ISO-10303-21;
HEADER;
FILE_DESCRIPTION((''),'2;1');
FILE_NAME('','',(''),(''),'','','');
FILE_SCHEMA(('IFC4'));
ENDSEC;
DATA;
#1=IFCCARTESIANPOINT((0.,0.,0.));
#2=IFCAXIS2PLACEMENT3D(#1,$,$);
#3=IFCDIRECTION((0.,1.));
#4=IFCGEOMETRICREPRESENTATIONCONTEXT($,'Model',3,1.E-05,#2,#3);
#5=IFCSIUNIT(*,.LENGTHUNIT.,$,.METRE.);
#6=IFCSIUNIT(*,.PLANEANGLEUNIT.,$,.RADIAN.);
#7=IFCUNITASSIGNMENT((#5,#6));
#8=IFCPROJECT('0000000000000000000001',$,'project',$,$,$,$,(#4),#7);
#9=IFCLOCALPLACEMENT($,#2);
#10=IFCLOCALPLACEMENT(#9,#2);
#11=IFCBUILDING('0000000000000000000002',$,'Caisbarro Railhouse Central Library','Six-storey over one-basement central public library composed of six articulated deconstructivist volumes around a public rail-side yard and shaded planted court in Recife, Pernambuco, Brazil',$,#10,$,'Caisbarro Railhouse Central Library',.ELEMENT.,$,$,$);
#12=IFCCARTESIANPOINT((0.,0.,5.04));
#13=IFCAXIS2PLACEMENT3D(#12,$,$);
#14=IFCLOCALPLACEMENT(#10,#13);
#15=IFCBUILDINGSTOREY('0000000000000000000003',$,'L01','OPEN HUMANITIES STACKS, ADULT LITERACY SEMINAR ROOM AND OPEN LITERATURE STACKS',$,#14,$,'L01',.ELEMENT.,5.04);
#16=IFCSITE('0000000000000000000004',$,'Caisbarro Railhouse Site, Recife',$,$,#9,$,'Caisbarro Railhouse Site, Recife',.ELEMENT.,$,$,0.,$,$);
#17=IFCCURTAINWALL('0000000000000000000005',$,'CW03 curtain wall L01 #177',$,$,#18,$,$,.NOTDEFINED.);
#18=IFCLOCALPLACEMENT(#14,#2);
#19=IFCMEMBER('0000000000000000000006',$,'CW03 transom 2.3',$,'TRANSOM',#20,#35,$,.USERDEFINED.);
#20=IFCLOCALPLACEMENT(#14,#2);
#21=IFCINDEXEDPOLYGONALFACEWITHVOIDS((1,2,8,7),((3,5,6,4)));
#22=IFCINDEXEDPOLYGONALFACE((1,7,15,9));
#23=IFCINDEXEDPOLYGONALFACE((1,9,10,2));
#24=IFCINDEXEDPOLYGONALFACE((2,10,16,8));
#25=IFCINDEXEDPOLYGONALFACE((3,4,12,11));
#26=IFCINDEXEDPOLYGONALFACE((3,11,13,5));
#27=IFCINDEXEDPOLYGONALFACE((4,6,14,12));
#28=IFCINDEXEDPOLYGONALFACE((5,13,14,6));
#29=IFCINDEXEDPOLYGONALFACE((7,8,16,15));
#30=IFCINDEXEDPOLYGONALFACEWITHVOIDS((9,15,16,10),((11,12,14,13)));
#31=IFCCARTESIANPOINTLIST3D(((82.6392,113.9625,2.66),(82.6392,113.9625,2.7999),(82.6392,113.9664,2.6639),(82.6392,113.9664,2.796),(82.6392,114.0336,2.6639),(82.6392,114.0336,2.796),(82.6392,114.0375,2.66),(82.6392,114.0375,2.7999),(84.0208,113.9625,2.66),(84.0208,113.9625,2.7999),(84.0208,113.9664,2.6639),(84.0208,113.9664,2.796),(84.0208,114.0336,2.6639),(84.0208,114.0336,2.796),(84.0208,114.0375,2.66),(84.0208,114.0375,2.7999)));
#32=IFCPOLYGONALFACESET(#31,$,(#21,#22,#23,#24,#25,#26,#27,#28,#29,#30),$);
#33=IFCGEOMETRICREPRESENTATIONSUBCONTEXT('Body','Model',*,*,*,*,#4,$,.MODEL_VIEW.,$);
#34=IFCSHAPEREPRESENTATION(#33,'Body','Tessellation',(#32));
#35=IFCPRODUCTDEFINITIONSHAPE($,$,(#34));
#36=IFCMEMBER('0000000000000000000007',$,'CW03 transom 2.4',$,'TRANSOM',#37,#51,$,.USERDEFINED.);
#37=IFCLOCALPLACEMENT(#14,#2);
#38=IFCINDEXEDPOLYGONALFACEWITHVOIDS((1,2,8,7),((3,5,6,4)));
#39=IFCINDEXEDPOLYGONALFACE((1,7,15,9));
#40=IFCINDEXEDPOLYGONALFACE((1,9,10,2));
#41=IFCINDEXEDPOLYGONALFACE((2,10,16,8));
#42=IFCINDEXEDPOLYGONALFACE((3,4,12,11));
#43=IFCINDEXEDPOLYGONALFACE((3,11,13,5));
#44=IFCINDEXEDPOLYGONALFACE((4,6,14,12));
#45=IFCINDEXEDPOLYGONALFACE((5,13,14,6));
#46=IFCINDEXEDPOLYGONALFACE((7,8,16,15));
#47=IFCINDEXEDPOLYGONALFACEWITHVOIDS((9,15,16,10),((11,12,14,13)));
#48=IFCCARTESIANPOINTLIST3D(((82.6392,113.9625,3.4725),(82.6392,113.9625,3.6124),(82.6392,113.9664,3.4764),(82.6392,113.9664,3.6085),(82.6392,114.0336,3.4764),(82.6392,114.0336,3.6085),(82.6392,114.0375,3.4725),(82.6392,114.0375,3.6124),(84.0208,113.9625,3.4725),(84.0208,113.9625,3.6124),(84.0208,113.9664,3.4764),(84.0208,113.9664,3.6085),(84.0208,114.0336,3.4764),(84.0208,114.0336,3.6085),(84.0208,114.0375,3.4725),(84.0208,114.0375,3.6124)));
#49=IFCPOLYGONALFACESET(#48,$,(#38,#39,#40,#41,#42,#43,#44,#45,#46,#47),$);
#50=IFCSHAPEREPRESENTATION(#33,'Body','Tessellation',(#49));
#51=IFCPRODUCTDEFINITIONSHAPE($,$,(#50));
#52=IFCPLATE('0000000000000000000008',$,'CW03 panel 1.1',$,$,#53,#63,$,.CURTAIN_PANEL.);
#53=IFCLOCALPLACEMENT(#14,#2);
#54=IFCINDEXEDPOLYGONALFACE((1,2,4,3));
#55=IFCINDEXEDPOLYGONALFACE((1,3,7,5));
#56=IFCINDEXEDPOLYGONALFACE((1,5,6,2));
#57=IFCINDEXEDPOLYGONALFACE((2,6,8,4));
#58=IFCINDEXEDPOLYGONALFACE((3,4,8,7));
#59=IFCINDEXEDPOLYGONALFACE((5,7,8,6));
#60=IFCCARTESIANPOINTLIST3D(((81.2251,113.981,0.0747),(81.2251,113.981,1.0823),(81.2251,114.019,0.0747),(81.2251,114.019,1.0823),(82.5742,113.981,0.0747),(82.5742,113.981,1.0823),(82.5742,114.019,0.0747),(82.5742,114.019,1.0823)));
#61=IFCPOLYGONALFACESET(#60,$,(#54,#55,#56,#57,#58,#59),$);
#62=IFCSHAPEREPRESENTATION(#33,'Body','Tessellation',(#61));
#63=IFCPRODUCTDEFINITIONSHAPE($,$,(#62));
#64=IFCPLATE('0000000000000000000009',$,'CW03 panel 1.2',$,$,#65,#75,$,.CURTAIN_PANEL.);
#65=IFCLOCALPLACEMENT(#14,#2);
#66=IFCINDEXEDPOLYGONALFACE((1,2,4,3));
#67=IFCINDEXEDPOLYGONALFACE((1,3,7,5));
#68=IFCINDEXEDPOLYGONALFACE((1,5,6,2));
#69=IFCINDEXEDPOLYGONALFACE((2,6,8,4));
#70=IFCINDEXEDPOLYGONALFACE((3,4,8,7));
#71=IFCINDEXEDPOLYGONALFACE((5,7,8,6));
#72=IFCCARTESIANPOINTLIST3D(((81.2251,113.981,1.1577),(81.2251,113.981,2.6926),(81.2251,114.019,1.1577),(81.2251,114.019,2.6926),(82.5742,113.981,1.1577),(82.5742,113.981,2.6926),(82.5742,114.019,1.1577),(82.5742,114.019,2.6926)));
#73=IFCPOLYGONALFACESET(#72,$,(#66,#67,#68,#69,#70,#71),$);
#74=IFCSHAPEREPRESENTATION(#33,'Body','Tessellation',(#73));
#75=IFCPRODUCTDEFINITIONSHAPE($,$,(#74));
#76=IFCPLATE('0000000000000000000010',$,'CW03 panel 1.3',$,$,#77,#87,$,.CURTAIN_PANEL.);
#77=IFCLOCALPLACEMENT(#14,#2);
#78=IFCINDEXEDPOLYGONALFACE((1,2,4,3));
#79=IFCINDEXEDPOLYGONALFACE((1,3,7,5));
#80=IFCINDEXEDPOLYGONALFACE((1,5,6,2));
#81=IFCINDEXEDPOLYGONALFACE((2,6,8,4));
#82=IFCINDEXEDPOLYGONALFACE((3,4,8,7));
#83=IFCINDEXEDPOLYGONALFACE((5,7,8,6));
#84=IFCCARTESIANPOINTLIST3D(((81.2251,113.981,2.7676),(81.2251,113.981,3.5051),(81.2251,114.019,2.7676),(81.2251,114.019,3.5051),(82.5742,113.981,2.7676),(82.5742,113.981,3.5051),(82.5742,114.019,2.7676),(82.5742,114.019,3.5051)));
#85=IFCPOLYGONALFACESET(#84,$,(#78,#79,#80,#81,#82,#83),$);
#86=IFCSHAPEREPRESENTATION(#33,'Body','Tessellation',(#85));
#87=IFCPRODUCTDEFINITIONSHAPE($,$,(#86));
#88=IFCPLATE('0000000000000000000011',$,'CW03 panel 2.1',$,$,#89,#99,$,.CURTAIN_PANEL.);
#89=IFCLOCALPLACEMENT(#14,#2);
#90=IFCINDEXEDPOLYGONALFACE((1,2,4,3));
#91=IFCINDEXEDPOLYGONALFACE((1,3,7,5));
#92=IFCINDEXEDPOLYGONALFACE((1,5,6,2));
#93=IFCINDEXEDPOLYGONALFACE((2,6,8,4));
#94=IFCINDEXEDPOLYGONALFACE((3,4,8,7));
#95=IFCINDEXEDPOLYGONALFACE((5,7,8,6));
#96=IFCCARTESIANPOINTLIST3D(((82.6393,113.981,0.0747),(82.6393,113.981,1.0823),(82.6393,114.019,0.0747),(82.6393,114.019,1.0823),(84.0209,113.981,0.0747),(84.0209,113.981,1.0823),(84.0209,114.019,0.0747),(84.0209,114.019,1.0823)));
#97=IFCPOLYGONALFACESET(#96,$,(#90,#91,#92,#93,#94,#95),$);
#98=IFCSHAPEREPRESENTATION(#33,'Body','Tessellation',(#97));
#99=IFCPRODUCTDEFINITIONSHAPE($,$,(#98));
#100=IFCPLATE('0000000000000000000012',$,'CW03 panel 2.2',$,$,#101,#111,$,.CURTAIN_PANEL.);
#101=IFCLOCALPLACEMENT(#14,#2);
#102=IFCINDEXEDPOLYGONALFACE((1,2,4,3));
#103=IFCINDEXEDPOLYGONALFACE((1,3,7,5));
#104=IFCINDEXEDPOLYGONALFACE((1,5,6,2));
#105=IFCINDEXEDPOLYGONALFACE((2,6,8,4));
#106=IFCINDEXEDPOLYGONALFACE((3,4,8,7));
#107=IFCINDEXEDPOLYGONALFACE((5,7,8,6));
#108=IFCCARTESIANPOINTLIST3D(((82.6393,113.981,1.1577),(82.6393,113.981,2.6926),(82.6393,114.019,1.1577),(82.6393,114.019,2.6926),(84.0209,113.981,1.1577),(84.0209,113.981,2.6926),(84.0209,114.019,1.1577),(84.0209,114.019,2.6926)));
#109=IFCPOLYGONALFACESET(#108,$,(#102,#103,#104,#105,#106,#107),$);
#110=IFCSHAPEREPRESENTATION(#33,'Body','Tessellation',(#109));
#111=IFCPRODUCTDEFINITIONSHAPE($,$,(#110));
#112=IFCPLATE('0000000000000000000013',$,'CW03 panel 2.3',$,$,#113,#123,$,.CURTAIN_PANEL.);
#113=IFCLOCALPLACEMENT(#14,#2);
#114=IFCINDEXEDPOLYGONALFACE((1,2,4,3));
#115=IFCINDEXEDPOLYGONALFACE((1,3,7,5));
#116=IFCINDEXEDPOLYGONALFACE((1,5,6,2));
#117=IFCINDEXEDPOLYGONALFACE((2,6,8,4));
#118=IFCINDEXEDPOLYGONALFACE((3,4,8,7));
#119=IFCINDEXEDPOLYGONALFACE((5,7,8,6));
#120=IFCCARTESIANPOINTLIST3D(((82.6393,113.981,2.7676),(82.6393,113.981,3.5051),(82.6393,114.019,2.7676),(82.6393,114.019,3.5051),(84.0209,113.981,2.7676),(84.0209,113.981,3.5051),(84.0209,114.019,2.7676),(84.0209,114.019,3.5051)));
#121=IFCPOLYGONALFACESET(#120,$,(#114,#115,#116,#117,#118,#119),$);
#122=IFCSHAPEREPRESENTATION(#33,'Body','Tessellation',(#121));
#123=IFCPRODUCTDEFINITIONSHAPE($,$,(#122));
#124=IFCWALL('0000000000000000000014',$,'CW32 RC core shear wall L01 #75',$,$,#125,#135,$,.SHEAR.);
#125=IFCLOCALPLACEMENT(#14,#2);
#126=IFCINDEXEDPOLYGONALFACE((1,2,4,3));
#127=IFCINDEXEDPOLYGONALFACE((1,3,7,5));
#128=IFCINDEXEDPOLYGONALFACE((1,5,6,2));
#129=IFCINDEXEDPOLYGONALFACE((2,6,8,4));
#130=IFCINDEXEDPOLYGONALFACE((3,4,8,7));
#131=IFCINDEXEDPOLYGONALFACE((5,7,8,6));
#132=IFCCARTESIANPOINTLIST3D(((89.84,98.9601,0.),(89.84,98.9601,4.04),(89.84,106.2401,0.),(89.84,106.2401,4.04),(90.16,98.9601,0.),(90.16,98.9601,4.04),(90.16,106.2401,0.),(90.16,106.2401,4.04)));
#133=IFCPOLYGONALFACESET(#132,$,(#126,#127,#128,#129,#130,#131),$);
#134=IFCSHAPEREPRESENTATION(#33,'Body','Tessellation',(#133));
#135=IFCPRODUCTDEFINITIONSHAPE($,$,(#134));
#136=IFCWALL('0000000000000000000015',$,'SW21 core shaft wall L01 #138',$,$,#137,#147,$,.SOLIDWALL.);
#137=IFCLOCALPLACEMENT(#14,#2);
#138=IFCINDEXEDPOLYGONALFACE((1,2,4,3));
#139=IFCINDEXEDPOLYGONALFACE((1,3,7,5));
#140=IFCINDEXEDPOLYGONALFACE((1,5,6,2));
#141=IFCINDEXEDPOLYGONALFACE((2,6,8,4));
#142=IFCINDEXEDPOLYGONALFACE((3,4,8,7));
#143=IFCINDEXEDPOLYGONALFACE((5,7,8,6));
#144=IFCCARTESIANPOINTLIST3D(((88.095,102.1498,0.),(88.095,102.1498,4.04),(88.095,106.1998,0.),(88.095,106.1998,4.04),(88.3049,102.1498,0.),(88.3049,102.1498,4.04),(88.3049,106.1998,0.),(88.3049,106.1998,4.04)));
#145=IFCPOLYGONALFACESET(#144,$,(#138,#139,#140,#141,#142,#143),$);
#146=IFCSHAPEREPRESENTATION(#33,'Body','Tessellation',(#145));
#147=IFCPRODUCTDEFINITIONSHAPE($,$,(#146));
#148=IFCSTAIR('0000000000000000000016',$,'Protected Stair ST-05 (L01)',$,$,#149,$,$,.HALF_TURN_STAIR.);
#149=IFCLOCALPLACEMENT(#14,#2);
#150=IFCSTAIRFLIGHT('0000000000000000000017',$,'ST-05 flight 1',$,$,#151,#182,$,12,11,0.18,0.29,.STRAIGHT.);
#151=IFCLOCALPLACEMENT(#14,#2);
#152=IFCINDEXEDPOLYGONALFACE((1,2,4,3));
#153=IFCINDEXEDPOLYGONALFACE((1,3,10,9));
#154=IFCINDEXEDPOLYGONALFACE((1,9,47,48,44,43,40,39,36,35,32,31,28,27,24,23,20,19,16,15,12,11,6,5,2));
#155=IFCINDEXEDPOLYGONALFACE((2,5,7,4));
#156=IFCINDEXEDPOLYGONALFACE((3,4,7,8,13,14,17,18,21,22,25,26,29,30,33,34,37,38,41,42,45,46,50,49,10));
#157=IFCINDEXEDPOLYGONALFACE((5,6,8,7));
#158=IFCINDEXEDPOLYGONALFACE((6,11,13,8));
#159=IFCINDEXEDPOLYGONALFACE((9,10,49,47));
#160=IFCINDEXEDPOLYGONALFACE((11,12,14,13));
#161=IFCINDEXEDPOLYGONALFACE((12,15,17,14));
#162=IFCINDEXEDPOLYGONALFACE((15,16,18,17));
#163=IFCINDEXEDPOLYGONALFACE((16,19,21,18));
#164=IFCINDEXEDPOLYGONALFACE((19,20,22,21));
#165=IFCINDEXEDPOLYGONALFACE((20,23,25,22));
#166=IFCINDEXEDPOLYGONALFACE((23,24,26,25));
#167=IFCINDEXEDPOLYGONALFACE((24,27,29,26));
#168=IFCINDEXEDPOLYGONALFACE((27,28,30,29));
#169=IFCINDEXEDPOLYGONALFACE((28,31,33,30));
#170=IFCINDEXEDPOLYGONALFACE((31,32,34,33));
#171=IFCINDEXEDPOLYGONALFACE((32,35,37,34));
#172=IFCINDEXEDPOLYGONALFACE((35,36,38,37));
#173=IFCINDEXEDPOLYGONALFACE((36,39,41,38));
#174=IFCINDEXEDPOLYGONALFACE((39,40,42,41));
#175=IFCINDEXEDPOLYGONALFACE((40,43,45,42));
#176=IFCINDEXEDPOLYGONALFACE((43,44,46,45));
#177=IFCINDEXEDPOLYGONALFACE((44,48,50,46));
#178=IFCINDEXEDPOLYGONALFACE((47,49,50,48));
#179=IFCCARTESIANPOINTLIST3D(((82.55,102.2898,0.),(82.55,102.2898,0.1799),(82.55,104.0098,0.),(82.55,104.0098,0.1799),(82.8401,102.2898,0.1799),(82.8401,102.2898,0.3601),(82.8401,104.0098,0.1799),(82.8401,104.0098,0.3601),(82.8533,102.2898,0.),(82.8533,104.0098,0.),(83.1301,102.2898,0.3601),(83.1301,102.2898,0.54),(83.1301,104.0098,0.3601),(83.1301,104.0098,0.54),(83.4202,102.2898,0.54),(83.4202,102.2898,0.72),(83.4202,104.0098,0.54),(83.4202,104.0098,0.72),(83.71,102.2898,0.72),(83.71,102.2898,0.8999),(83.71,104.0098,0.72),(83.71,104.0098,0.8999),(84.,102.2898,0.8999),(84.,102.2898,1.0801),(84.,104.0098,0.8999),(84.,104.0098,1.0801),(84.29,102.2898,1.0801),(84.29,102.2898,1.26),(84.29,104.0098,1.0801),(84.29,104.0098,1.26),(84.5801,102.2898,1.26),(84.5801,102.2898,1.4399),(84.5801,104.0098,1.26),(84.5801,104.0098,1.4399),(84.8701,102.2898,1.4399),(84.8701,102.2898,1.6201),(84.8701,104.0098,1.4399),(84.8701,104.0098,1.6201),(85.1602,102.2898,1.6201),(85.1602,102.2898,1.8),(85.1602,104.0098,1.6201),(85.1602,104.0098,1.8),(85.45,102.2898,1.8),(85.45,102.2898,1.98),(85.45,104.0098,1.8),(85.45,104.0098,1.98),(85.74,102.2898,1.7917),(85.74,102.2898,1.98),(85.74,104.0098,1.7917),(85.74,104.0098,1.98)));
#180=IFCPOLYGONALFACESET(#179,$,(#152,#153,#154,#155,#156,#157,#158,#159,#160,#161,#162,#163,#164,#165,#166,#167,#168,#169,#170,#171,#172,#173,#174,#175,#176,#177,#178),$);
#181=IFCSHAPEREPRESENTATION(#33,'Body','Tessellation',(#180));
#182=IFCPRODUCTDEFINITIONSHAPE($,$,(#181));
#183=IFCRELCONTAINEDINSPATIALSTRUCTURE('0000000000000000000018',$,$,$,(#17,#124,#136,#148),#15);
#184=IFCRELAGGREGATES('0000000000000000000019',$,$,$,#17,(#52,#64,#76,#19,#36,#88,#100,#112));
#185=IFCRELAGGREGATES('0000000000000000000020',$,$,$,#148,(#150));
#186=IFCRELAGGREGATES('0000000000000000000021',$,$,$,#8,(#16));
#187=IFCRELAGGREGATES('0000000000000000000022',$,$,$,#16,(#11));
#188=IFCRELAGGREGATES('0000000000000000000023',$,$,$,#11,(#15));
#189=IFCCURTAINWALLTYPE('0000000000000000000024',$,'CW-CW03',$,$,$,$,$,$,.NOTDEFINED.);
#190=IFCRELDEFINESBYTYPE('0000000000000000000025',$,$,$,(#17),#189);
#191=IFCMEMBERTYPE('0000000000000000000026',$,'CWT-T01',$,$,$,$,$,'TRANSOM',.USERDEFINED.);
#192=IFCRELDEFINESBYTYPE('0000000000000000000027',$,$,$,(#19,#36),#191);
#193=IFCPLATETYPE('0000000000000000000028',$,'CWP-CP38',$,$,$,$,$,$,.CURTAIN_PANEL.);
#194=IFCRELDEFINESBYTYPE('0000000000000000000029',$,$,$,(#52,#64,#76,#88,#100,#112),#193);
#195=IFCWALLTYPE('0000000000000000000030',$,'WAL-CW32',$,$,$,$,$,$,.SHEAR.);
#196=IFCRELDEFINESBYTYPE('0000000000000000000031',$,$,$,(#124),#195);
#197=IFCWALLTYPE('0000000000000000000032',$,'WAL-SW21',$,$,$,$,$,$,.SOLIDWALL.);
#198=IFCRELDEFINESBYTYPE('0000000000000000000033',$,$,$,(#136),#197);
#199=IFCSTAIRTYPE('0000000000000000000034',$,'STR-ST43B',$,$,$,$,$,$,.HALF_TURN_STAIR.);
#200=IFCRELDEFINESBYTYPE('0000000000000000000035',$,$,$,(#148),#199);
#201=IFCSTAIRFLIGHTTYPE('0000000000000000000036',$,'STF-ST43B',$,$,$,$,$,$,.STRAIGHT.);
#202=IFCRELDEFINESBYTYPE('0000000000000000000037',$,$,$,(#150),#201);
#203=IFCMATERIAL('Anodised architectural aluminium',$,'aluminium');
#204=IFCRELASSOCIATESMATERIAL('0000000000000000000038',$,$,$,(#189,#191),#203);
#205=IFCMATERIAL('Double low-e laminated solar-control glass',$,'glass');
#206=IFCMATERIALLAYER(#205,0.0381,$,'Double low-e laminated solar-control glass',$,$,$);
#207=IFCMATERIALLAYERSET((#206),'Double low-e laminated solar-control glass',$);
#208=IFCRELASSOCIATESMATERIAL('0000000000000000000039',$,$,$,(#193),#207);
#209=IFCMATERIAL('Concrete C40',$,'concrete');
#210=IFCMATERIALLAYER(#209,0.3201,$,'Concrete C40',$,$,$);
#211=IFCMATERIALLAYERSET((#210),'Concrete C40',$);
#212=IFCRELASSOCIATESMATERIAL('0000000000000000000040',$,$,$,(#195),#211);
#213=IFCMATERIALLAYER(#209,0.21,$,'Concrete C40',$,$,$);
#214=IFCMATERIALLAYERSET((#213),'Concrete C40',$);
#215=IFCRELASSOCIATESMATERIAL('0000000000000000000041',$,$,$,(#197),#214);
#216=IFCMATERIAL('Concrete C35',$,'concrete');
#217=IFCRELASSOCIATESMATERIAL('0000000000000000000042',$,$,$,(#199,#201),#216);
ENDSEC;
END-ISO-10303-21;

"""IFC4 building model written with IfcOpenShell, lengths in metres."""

from ifc_helpers import new_model, si_unit, direction, frame, frame_2d, origin, origin_2d, place, context, subcontext, project, spatial, polyline, rectangle, hollow_rectangle, outline, extrude, material, layer, layer_set, material_profile, profile_set, type_object, element, aggregate, save


model = new_model("IFC4")

# Units and contexts
model_context = context("Model", 3, precision=1e-05, world=origin(), true_north=direction((0.0, 1.0)))
body_context = subcontext(model_context, "Body", "Model", "MODEL_VIEW")
ifc_project = project(units=[si_unit("LENGTHUNIT", "METRE"), si_unit("PLANEANGLEUNIT", "RADIAN")], contexts=[model_context])

# Site, building, storey
site_placement = place(None, origin())
site = spatial("IfcSite", under=ifc_project, at=site_placement, Name="Caisbarro Railhouse Site, Recife", LongName="Caisbarro Railhouse Site, Recife", CompositionType="ELEMENT", RefElevation=0.0)
building_placement = place(site_placement, origin())
building = spatial("IfcBuilding", under=site, at=building_placement, Name="Caisbarro Railhouse Central Library", Description="Six-storey over one-basement central public library composed of six articulated deconstructivist volumes around a public rail-side yard and shaded planted court in Recife, Pernambuco, Brazil", LongName="Caisbarro Railhouse Central Library", CompositionType="ELEMENT")
storey_placement = place(building_placement, frame((0.0, 0.0, 5.04)))
storey = spatial("IfcBuildingStorey", under=building, at=storey_placement, Name="L01", Description="OPEN HUMANITIES STACKS, ADULT LITERACY SEMINAR ROOM AND OPEN LITERATURE STACKS", LongName="L01", CompositionType="ELEMENT", Elevation=5.04)

# Curtain wall, members, plates
ifc_material_1 = material(Name="Anodised architectural aluminium", Category="aluminium")
curtain_wall_type = type_object("IfcCurtainWallType", Name="CW-CW03", PredefinedType="NOTDEFINED", material=ifc_material_1)
curtain_wall_placement = place(storey_placement, origin())
curtain_wall = element("IfcCurtainWall", 1, at=curtain_wall_placement, inside=storey, type_object=curtain_wall_type, Name="CW03 curtain wall L01 #177", PredefinedType="NOTDEFINED")
ifc_material_profile_1 = material_profile(ifc_material_1, hollow_rectangle(XDim=0.075, YDim=0.1399, WallThickness=0.0039, at=origin_2d()), Name="ALU-TRN-75X140")
ifc_profile_set_1 = profile_set([ifc_material_profile_1], Name="Anodised architectural aluminium")
member_type_1 = type_object("IfcMemberType", Name="CWT-T01", ElementType="TRANSOM", PredefinedType="USERDEFINED", material=ifc_profile_set_1)
member_1_placement = place(storey_placement, frame((82.6392, 114.0, 2.73), z_axis=(1.0, 0.0, 0.0), x_axis=(0.0, 1.0, 0.0)))
member_1 = element("IfcMember", 2, at=member_1_placement, type_object=member_type_1, Name="CW03 transom 2.3", ObjectType="TRANSOM", PredefinedType="USERDEFINED", context=body_context, shape_type="SweptSolid", body=[
    extrude(hollow_rectangle(XDim=0.075, YDim=0.1399, WallThickness=0.0039, at=origin_2d()), origin(), (0.0, 0.0, 1.0), 1.3816),
])
member_2_placement = place(storey_placement, frame((82.6392, 114.0, 3.5425), z_axis=(1.0, 0.0, 0.0), x_axis=(0.0, 1.0, 0.0)))
member_2 = element("IfcMember", 3, at=member_2_placement, type_object=member_type_1, Name="CW03 transom 2.4", ObjectType="TRANSOM", PredefinedType="USERDEFINED", context=body_context, shape_type="SweptSolid", body=[
    extrude(hollow_rectangle(XDim=0.075, YDim=0.1399, WallThickness=0.0039, at=origin_2d()), origin(), (0.0, 0.0, 1.0), 1.3816),
])
ifc_material_2 = material(Name="Double low-e laminated solar-control glass", Category="glass")
ifc_layer_1 = layer(ifc_material_2, 0.0381, Name="Double low-e laminated solar-control glass")
ifc_layer_set_1 = layer_set([ifc_layer_1], Name="Double low-e laminated solar-control glass")
plate_type = type_object("IfcPlateType", Name="CWP-CP38", PredefinedType="CURTAIN_PANEL", material=ifc_layer_set_1)
plate_1_placement = place(storey_placement, frame((81.8997, 114.0, 0.0747), z_axis=(0.0, 0.0, 1.0), x_axis=(1.0, 0.0, 0.0)))
plate_1 = element("IfcPlate", 4, at=plate_1_placement, type_object=plate_type, Name="CW03 panel 1.1", PredefinedType="CURTAIN_PANEL", context=body_context, shape_type="SweptSolid", body=[
    extrude(rectangle(XDim=1.3491, YDim=0.0381, at=origin_2d()), origin(), (0.0, 0.0, 1.0), 1.0076),
])
plate_2_placement = place(storey_placement, frame((81.8997, 114.0, 1.1577), z_axis=(0.0, 0.0, 1.0), x_axis=(1.0, 0.0, 0.0)))
plate_2 = element("IfcPlate", 5, at=plate_2_placement, type_object=plate_type, Name="CW03 panel 1.2", PredefinedType="CURTAIN_PANEL", context=body_context, shape_type="SweptSolid", body=[
    extrude(rectangle(XDim=1.3491, YDim=0.0381, at=origin_2d()), origin(), (0.0, 0.0, 1.0), 1.5349),
])
plate_3_placement = place(storey_placement, frame((81.8997, 114.0, 2.7676), z_axis=(0.0, 0.0, 1.0), x_axis=(1.0, 0.0, 0.0)))
plate_3 = element("IfcPlate", 6, at=plate_3_placement, type_object=plate_type, Name="CW03 panel 1.3", PredefinedType="CURTAIN_PANEL", context=body_context, shape_type="SweptSolid", body=[
    extrude(rectangle(XDim=1.3491, YDim=0.0381, at=origin_2d()), origin(), (0.0, 0.0, 1.0), 0.7375),
])
plate_4_placement = place(storey_placement, frame((83.3301, 114.0, 0.0747), z_axis=(0.0, 0.0, 1.0), x_axis=(1.0, 0.0, 0.0)))
plate_4 = element("IfcPlate", 7, at=plate_4_placement, type_object=plate_type, Name="CW03 panel 2.1", PredefinedType="CURTAIN_PANEL", context=body_context, shape_type="SweptSolid", body=[
    extrude(rectangle(XDim=1.3816, YDim=0.0381, at=origin_2d()), origin(), (0.0, 0.0, 1.0), 1.0076),
])
plate_5_placement = place(storey_placement, frame((83.3301, 114.0, 1.1577), z_axis=(0.0, 0.0, 1.0), x_axis=(1.0, 0.0, 0.0)))
plate_5 = element("IfcPlate", 8, at=plate_5_placement, type_object=plate_type, Name="CW03 panel 2.2", PredefinedType="CURTAIN_PANEL", context=body_context, shape_type="SweptSolid", body=[
    extrude(rectangle(XDim=1.3816, YDim=0.0381, at=origin_2d()), origin(), (0.0, 0.0, 1.0), 1.5349),
])
plate_6_placement = place(storey_placement, frame((83.3301, 114.0, 2.7676), z_axis=(0.0, 0.0, 1.0), x_axis=(1.0, 0.0, 0.0)))
plate_6 = element("IfcPlate", 9, at=plate_6_placement, type_object=plate_type, Name="CW03 panel 2.3", PredefinedType="CURTAIN_PANEL", context=body_context, shape_type="SweptSolid", body=[
    extrude(rectangle(XDim=1.3816, YDim=0.0381, at=origin_2d()), origin(), (0.0, 0.0, 1.0), 0.7375),
])
aggregate(curtain_wall, [plate_1, plate_2, plate_3, member_1, member_2, plate_4, plate_5, plate_6])

# Walls
ifc_material_3 = material(Name="Concrete C40", Category="concrete")
ifc_layer_2 = layer(ifc_material_3, 0.3201, Name="Concrete C40")
ifc_layer_set_2 = layer_set([ifc_layer_2], Name="Concrete C40")
wall_type_1 = type_object("IfcWallType", Name="WAL-CW32", PredefinedType="SHEAR", material=ifc_layer_set_2)
wall_1_placement = place(storey_placement, frame((90.0, 98.96, 0.0), z_axis=(0.0, 0.0, 1.0), x_axis=(0.0, 1.0, 0.0)))
element("IfcWall", 10, at=wall_1_placement, inside=storey, type_object=wall_type_1, Name="CW32 RC core shear wall L01 #75", PredefinedType="SHEAR", context=body_context, shape_type="SweptSolid", body=[
    extrude(rectangle(XDim=7.28, YDim=0.3201, at=frame_2d((3.6401, 0.0))), origin(), (0.0, 0.0, 1.0), 4.04),
])
ifc_layer_3 = layer(ifc_material_3, 0.21, Name="Concrete C40")
ifc_layer_set_3 = layer_set([ifc_layer_3], Name="Concrete C40")
wall_type_2 = type_object("IfcWallType", Name="WAL-SW21", PredefinedType="SOLIDWALL", material=ifc_layer_set_3)
wall_2_placement = place(storey_placement, frame((88.2, 102.1499, 0.0), z_axis=(0.0, 0.0, 1.0), x_axis=(0.0, 1.0, 0.0)))
element("IfcWall", 11, at=wall_2_placement, inside=storey, type_object=wall_type_2, Name="SW21 core shaft wall L01 #138", PredefinedType="SOLIDWALL", context=body_context, shape_type="SweptSolid", body=[
    extrude(rectangle(XDim=4.05, YDim=0.21, at=frame_2d((2.0249, 0.0))), origin(), (0.0, 0.0, 1.0), 4.04),
])

# Stair, stair flight
ifc_material_4 = material(Name="Concrete C35", Category="concrete")
stair_type = type_object("IfcStairType", Name="STR-ST43B", PredefinedType="HALF_TURN_STAIR", material=ifc_material_4)
stair_placement = place(storey_placement, origin())
stair = element("IfcStair", 12, at=stair_placement, inside=storey, type_object=stair_type, Name="Protected Stair ST-05 (L01)", PredefinedType="HALF_TURN_STAIR")
stair_flight_type = type_object("IfcStairFlightType", Name="STF-ST43B", PredefinedType="STRAIGHT", material=ifc_material_4)
stair_flight_1_placement = place(storey_placement, frame((82.55, 103.1499, 0.0), z_axis=(0.0, 0.0, 1.0), x_axis=(1.0, 0.0, 0.0)))
stair_flight_1 = element("IfcStairFlight", 13, at=stair_flight_1_placement, type_object=stair_flight_type, Name="ST-05 flight 1", NumberOfRisers=12, NumberOfTreads=11, PredefinedType="STRAIGHT", RiserHeight=0.18, TreadLength=0.29, context=body_context, shape_type="SweptSolid", body=[
    extrude(outline(polyline([(0.0, 0.0), (0.0, 0.1799), (0.29, 0.1799), (0.29, 0.3601), (0.5801, 0.3601), (0.5801, 0.54), (0.8701, 0.54), (0.8701, 0.72), (1.1599, 0.72), (1.1599, 0.8999), (1.45, 0.8999), (1.45, 1.0801), (1.74, 1.0801), (1.74, 1.26), (2.03, 1.26), (2.03, 1.4399), (2.3201, 1.4399), (2.3201, 1.6201), (2.6101, 1.6201), (2.6101, 1.8), (2.8999, 1.8), (2.8999, 1.98), (3.1899, 1.98), (3.1899, 2.1599), (3.1899, 1.7917), (0.3032, 0.0), (0.0, 0.0)])), frame((0.0, 0.8599, 0.0), z_axis=(0.0, -1.0, 0.0), x_axis=(1.0, 0.0, 0.0)), (0.0, 0.0, 1.0), 1.72),
])
aggregate(stair, [stair_flight_1])

save(model, "model.ifc")
